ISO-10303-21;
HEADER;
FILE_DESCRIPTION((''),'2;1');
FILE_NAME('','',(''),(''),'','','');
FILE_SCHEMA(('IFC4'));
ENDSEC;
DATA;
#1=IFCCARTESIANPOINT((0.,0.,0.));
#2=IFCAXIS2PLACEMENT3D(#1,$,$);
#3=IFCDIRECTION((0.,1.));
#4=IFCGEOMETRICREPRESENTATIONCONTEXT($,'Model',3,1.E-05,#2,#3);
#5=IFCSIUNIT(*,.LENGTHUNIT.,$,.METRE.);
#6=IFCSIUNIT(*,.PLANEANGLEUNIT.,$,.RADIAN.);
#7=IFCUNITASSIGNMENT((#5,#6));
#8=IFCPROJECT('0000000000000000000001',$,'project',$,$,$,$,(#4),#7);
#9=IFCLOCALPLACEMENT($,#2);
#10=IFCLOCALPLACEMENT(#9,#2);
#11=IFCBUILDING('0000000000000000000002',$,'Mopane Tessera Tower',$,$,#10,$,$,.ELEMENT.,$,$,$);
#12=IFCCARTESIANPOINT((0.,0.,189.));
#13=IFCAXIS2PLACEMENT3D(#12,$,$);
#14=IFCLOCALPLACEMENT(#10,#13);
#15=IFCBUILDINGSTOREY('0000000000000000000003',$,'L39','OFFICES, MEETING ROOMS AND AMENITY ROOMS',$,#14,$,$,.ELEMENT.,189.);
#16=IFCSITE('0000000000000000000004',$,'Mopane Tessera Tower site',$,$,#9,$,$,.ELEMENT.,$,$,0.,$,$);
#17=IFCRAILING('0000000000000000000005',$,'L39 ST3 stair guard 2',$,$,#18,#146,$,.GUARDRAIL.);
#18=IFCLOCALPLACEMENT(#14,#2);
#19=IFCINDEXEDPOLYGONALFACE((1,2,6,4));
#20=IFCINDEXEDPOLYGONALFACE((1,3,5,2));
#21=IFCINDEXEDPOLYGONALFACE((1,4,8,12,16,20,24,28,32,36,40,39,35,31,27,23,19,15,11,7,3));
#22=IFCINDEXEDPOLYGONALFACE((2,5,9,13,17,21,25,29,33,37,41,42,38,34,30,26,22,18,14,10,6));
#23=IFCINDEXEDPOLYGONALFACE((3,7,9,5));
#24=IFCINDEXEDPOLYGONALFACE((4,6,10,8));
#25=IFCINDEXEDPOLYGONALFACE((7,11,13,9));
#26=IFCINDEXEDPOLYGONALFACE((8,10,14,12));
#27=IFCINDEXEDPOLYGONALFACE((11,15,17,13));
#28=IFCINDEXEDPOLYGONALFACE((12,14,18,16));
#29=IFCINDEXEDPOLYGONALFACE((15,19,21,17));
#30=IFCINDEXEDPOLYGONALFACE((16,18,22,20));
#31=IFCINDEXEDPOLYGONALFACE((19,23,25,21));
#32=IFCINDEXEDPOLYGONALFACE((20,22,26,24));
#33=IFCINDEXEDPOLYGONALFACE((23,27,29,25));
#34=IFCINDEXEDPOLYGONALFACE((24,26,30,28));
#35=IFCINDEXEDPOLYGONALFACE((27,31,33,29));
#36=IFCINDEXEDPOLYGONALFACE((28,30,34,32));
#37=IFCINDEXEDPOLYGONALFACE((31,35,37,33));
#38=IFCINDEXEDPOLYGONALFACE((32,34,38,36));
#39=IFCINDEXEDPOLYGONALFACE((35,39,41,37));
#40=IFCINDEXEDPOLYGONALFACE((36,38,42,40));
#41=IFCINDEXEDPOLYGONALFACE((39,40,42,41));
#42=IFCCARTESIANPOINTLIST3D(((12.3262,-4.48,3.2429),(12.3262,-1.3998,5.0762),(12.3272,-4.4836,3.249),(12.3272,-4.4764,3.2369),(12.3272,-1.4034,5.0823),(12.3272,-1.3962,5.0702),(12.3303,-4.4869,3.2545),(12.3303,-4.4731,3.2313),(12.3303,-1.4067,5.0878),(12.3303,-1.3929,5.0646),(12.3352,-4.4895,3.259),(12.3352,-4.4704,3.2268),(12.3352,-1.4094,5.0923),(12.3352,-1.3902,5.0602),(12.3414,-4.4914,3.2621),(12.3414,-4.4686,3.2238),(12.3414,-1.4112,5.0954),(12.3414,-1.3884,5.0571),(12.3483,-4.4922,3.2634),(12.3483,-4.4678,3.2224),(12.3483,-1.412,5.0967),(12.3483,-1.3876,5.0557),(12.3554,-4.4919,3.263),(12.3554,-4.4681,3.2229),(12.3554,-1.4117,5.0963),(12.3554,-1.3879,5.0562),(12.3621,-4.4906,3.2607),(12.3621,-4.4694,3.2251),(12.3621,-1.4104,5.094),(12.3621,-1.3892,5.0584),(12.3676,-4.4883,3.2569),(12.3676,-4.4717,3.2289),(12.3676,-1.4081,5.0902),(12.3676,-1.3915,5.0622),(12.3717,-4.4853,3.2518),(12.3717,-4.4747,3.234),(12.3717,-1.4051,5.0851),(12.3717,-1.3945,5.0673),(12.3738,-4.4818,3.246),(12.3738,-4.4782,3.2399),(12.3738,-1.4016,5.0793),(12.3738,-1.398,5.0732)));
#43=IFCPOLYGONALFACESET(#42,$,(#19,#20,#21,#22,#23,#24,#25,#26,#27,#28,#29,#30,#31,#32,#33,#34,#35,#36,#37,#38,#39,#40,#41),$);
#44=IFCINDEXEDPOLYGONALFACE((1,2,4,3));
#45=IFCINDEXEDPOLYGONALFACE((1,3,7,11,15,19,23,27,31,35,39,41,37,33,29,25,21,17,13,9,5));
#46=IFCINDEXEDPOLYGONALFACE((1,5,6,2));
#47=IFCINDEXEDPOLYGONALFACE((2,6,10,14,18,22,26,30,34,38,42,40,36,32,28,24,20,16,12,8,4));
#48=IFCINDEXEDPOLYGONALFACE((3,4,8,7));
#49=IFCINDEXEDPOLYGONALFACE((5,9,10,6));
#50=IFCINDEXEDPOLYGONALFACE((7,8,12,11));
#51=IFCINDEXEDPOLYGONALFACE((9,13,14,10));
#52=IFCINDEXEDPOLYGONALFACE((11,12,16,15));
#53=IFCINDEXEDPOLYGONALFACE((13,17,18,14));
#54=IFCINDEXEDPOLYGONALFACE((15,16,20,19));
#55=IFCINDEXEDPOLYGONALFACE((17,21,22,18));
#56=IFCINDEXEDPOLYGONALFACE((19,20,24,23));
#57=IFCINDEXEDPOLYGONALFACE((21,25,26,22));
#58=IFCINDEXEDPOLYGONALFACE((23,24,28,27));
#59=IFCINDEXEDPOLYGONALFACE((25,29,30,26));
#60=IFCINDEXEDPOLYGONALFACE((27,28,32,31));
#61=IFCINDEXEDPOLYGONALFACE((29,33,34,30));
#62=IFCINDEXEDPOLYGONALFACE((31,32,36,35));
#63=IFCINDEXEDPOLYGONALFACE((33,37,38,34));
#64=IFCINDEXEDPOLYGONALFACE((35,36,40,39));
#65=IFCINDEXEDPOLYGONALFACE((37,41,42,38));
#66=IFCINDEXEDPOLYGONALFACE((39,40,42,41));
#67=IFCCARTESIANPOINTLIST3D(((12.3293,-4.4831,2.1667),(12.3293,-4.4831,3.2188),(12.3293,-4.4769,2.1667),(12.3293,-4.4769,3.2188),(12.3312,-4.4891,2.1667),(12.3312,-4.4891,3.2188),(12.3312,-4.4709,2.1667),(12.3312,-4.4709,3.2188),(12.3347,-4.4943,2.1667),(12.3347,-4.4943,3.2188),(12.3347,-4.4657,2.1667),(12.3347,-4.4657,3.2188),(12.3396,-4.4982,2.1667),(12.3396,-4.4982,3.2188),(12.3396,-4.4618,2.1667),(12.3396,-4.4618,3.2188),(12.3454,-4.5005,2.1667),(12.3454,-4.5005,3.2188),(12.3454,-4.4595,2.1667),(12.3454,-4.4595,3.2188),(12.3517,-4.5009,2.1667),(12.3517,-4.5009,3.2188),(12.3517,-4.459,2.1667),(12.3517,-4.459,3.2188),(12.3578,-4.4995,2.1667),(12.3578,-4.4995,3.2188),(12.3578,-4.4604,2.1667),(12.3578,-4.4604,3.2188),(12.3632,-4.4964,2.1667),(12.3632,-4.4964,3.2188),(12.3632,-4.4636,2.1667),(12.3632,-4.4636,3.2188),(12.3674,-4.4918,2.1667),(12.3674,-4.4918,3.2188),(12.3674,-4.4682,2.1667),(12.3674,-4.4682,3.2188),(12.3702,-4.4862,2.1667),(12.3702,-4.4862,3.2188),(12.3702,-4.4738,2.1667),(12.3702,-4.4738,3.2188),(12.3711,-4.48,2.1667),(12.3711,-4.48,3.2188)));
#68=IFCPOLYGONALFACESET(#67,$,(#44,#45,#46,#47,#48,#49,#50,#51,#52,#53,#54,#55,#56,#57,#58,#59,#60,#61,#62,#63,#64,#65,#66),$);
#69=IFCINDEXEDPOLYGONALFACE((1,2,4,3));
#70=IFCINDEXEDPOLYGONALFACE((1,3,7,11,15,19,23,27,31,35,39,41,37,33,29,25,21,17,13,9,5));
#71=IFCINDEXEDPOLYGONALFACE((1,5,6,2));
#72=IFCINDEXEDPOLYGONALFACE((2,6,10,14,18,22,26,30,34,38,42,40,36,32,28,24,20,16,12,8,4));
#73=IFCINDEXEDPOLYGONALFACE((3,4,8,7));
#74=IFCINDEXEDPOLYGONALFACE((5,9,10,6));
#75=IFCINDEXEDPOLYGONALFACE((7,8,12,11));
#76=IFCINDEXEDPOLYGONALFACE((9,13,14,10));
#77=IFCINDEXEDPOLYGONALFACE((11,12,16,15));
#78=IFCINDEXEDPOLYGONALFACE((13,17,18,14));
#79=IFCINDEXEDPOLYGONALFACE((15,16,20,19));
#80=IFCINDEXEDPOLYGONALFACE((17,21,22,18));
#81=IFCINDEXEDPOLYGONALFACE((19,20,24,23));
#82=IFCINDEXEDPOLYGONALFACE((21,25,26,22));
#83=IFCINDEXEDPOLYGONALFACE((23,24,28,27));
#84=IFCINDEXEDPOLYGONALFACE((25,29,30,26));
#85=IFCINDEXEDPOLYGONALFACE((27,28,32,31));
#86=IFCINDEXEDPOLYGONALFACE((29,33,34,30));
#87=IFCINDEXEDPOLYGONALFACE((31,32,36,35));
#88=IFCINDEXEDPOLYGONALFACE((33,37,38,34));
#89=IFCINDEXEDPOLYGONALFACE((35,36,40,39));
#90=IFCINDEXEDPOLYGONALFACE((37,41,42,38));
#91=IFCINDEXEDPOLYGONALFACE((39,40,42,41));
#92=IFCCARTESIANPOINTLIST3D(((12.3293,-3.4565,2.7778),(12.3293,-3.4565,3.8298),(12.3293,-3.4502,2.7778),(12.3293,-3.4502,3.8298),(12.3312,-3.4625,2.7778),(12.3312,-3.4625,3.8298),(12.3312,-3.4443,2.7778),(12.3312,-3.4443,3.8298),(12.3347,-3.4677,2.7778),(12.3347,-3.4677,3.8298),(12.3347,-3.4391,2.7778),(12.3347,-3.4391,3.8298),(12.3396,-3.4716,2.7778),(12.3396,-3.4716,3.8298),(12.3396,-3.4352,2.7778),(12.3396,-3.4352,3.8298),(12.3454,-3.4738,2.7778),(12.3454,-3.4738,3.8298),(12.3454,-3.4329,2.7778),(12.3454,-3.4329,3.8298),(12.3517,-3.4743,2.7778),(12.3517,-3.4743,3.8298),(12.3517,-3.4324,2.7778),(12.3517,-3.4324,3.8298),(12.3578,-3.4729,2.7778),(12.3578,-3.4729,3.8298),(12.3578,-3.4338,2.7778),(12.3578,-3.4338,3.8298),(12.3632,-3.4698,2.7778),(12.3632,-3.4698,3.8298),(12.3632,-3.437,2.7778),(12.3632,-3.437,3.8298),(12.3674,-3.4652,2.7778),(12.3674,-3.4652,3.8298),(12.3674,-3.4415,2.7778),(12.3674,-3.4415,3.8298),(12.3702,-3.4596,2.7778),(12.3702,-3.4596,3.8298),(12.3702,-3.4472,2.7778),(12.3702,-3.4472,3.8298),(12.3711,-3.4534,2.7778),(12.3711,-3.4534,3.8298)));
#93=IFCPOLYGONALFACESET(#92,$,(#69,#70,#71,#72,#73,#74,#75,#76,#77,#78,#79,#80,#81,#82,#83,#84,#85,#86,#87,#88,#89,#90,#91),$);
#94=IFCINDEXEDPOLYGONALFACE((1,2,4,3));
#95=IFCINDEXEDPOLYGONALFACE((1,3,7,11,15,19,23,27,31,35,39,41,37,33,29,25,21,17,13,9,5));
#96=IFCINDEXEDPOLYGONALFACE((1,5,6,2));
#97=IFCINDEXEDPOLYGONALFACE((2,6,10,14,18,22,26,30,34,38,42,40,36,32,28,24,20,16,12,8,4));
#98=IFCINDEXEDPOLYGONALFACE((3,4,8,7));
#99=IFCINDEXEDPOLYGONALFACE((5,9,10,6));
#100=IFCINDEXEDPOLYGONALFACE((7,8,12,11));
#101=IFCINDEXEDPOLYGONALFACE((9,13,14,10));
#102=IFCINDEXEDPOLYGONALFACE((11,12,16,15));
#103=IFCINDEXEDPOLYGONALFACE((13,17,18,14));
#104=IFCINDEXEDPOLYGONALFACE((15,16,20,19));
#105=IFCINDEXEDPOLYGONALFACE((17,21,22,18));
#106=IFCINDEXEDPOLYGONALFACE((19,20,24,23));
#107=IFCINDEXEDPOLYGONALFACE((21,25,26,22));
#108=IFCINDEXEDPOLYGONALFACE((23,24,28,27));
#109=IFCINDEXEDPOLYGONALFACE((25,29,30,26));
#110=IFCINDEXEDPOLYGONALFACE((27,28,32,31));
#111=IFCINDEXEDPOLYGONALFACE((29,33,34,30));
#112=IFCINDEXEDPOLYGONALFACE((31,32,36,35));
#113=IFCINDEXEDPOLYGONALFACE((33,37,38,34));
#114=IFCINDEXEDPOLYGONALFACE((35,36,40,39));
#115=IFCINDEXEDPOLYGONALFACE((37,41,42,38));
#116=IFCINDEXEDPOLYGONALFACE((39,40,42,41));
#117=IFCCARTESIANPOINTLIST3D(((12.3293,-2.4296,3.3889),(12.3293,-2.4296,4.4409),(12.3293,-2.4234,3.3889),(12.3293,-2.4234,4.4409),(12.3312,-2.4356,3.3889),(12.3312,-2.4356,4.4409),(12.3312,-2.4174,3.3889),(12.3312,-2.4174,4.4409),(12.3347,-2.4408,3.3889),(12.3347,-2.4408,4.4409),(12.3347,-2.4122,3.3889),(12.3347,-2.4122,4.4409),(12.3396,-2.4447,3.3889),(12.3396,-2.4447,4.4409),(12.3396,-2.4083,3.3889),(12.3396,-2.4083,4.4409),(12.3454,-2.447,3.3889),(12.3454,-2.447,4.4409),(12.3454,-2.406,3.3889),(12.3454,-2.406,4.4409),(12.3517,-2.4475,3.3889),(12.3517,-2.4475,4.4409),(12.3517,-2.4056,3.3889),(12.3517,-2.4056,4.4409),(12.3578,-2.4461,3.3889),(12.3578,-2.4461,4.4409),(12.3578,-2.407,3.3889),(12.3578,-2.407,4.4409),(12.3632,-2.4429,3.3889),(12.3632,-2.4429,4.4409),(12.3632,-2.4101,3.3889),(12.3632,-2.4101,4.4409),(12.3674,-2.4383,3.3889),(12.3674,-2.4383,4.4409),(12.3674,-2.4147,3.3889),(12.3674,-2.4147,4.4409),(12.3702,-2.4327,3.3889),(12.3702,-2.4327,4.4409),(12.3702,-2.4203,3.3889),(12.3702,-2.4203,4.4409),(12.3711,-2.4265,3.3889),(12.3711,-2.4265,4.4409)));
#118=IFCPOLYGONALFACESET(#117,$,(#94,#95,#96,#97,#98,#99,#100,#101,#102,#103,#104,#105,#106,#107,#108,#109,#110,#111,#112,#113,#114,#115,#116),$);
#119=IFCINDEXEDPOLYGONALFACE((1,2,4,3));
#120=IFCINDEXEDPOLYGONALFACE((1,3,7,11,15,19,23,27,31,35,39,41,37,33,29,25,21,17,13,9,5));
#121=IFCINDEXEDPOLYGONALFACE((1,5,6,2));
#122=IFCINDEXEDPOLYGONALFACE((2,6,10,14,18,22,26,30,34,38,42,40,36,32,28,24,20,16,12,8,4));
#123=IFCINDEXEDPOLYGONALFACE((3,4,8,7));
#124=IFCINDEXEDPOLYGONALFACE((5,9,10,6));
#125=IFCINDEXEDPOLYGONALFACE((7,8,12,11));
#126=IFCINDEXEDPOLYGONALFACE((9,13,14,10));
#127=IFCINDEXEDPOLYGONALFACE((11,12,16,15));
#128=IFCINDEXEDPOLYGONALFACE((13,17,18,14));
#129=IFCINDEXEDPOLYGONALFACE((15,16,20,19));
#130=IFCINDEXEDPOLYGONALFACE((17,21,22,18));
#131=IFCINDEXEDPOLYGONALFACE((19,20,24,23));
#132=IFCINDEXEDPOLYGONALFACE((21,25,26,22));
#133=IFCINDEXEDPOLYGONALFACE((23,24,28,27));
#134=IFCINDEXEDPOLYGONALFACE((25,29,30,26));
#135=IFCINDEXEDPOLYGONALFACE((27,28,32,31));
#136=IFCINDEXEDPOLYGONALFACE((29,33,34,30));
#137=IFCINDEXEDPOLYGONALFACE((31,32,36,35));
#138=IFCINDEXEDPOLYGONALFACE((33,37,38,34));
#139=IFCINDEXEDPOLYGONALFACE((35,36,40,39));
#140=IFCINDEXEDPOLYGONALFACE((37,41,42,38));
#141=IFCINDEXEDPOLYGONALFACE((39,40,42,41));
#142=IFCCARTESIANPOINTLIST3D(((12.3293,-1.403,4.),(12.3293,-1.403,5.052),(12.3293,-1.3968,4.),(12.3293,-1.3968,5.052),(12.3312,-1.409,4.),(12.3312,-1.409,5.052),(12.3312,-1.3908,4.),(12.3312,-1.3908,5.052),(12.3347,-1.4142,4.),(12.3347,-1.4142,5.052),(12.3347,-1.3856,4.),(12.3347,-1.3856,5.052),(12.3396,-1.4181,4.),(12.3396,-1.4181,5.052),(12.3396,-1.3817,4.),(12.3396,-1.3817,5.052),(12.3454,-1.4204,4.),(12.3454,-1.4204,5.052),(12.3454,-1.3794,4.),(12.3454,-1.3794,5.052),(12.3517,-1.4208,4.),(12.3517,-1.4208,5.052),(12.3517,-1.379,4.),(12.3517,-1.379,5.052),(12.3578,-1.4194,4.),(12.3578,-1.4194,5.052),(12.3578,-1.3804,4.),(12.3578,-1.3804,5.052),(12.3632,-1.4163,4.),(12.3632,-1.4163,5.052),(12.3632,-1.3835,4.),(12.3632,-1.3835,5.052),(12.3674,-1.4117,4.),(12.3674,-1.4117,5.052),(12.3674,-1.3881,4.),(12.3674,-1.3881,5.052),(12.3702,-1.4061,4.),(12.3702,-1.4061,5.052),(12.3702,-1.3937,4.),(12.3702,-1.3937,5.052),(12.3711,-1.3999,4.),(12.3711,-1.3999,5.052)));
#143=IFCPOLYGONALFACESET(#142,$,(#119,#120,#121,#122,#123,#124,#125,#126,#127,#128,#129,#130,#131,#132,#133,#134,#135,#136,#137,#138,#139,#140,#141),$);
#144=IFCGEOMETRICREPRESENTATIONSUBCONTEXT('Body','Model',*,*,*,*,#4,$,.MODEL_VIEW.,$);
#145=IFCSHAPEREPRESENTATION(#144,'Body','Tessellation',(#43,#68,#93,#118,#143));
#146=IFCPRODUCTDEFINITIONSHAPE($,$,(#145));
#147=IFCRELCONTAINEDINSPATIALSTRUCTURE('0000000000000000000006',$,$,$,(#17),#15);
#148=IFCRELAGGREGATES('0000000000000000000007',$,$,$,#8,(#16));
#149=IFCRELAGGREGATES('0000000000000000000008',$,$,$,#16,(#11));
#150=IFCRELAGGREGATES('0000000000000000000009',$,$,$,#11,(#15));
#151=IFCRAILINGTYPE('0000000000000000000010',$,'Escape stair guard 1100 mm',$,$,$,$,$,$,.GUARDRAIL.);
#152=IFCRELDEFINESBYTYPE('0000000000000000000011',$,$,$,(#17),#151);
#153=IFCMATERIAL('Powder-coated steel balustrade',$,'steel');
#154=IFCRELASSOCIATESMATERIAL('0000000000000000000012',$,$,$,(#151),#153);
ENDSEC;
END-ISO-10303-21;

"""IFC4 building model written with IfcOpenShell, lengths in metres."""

from ifc_helpers import new_model, si_unit, direction, frame, origin, origin_2d, place, context, subcontext, project, spatial, circle, extrude, material, type_object, element, save


model = new_model("IFC4")

# Units and contexts
model_context = context("Model", 3, precision=1e-05, world=origin(), true_north=direction((0.0, 1.0)))
body_context = subcontext(model_context, "Body", "Model", "MODEL_VIEW")
ifc_project = project(units=[si_unit("LENGTHUNIT", "METRE"), si_unit("PLANEANGLEUNIT", "RADIAN")], contexts=[model_context])

# Site, building, storey
site_placement = place(None, origin())
site = spatial("IfcSite", under=ifc_project, at=site_placement, Name="Mopane Tessera Tower site", CompositionType="ELEMENT", RefElevation=0.0)
building_placement = place(site_placement, origin())
building = spatial("IfcBuilding", under=site, at=building_placement, Name="Mopane Tessera Tower", CompositionType="ELEMENT")
storey_placement = place(building_placement, frame((0.0, 0.0, 189.0)))
storey = spatial("IfcBuildingStorey", under=building, at=storey_placement, Name="L39", Description="OFFICES, MEETING ROOMS AND AMENITY ROOMS", CompositionType="ELEMENT", Elevation=189.0)

# Railing
ifc_material_1 = material(Name="Powder-coated steel balustrade", Category="steel")
railing_type_1 = type_object("IfcRailingType", Name="Escape stair guard 1100 mm", PredefinedType="GUARDRAIL", material=ifc_material_1)
railing_1_placement = place(storey_placement, frame((12.3501, -4.48, 2.1667)))
element("IfcRailing", 1, at=railing_1_placement, inside=storey, type_object=railing_type_1, Name="L39 ST3 stair guard 2", PredefinedType="GUARDRAIL", context=body_context, shape_type="SweptSolid", body=[
    extrude(circle(Radius=0.0239, at=origin_2d()), frame((0.0, 0.0, 1.0762), z_axis=(0.0, 0.859309, 0.511458), x_axis=(-1.0, 0.0, 0.0)), (0.0, 0.0, 1.0), 3.5845),
    extrude(circle(Radius=0.021, at=origin_2d()), origin(), (0.0, 0.0, 1.0), 1.052),
    extrude(circle(Radius=0.021, at=origin_2d()), frame((0.0, 1.0266, 0.6111)), (0.0, 0.0, 1.0), 1.052),
    extrude(circle(Radius=0.021, at=origin_2d()), frame((0.0, 2.0535, 1.2222)), (0.0, 0.0, 1.0), 1.052),
    extrude(circle(Radius=0.021, at=origin_2d()), frame((0.0, 3.0801, 1.8333)), (0.0, 0.0, 1.0), 1.052),
])

save(model, "model.ifc")
